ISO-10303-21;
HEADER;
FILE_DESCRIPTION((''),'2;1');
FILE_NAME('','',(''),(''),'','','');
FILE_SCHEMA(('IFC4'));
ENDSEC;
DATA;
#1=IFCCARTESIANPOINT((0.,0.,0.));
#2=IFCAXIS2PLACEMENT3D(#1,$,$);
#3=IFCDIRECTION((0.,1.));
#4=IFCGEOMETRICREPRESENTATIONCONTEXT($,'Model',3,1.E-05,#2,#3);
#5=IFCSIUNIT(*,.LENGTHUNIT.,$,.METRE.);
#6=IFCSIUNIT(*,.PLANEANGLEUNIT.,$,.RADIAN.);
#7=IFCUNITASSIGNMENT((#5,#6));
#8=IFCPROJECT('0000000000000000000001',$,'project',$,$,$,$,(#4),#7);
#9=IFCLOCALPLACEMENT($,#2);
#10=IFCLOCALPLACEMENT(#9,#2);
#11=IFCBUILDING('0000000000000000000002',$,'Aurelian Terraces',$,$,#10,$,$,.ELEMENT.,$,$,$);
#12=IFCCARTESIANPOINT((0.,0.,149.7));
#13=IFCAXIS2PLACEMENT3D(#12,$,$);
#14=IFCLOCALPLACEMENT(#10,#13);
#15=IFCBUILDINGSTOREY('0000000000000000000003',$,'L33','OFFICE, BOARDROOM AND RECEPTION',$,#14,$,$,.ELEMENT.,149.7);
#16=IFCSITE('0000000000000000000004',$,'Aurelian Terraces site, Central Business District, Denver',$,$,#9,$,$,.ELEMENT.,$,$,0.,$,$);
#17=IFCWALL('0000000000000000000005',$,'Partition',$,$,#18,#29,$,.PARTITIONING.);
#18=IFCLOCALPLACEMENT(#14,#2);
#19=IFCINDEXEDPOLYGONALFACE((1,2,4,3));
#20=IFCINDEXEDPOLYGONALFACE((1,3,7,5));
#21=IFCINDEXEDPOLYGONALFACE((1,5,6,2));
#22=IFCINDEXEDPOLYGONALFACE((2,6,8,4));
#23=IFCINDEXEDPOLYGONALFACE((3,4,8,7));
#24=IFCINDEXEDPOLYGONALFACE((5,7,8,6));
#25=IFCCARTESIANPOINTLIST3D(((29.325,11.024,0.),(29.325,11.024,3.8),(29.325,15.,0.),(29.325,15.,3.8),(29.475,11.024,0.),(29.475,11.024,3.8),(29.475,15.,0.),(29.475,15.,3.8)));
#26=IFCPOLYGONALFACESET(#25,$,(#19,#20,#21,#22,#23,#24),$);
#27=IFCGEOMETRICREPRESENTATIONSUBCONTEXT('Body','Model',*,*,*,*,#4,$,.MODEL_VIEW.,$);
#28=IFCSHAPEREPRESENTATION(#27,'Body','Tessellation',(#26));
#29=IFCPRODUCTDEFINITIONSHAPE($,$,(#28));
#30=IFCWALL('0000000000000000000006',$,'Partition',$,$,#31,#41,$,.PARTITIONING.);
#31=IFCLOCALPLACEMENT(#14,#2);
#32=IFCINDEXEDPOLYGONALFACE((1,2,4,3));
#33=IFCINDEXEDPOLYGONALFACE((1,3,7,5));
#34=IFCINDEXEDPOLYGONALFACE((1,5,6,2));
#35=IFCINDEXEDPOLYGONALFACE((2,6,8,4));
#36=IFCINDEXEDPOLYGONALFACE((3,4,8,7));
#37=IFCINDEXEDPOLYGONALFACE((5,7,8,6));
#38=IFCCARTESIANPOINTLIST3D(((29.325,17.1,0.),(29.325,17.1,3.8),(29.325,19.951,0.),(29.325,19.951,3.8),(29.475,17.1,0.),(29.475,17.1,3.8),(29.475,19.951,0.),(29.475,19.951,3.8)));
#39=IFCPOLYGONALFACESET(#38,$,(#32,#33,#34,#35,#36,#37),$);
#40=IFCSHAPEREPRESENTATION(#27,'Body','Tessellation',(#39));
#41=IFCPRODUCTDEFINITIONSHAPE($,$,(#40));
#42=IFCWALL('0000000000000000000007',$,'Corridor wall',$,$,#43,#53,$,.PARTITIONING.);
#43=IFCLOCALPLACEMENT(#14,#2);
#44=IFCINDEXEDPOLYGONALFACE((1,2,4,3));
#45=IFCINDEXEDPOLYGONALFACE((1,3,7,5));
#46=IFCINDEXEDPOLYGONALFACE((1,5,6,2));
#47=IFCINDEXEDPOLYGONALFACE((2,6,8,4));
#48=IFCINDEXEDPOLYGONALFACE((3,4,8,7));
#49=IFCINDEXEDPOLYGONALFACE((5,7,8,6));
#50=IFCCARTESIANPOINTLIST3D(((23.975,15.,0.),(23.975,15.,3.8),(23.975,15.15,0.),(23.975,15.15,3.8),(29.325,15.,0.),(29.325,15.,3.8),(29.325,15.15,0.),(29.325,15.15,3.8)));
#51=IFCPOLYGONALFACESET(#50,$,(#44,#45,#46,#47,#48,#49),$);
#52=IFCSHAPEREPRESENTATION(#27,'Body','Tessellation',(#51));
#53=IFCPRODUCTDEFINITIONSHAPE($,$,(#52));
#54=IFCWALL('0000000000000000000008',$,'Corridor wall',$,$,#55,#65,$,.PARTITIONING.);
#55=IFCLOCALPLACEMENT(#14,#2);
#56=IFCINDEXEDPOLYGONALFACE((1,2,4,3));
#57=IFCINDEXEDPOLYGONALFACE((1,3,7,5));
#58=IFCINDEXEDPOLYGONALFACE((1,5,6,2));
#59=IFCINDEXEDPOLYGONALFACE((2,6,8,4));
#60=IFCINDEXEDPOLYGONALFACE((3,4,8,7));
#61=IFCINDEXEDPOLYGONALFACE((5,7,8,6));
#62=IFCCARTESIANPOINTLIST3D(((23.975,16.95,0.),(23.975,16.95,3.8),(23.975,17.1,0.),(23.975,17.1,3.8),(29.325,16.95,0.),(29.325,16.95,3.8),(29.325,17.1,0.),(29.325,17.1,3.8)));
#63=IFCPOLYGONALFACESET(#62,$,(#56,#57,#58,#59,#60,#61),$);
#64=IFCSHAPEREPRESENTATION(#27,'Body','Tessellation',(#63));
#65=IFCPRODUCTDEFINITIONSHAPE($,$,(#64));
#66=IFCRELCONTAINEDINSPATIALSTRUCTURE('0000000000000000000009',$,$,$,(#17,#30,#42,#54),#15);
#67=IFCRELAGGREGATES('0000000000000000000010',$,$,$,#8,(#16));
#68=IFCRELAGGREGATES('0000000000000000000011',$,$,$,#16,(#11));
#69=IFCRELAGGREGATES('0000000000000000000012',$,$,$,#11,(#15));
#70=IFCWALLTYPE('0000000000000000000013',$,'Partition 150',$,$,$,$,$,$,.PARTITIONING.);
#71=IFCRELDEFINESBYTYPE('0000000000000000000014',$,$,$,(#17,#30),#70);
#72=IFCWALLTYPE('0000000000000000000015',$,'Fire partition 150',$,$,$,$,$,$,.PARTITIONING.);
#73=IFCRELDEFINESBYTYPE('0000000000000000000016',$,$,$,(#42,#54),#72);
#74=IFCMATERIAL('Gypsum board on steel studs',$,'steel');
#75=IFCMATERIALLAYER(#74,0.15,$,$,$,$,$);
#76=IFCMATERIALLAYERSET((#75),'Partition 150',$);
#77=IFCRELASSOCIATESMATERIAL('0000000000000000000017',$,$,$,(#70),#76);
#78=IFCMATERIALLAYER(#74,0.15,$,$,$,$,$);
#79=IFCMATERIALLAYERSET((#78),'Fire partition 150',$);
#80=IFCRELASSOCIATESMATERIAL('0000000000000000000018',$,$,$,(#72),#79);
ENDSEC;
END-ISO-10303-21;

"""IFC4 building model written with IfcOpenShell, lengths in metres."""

from ifc_helpers import new_model, si_unit, direction, frame, frame_2d, origin, place, context, subcontext, project, spatial, rectangle, extrude, source, transform, mapped, material, layer, layer_set, type_object, element, save


model = new_model("IFC4")

# Units and contexts
model_context = context("Model", 3, precision=1e-05, world=origin(), true_north=direction((0.0, 1.0)))
body_context = subcontext(model_context, "Body", "Model", "MODEL_VIEW")
ifc_project = project(units=[si_unit("LENGTHUNIT", "METRE"), si_unit("PLANEANGLEUNIT", "RADIAN")], contexts=[model_context])

# Site, building, storey
site_placement = place(None, origin())
site = spatial("IfcSite", under=ifc_project, at=site_placement, Name="Aurelian Terraces site, Central Business District, Denver", CompositionType="ELEMENT", RefElevation=0.0)
building_placement = place(site_placement, origin())
building = spatial("IfcBuilding", under=site, at=building_placement, Name="Aurelian Terraces", CompositionType="ELEMENT")
storey_placement = place(building_placement, frame((0.0, 0.0, 149.7)))
storey = spatial("IfcBuildingStorey", under=building, at=storey_placement, Name="L33", Description="OFFICE, BOARDROOM AND RECEPTION", CompositionType="ELEMENT", Elevation=149.7)

# Shared definitions
ifc_material_1 = material(Name="Gypsum board on steel studs", Category="steel")
ifc_layer_1 = layer(ifc_material_1, 0.15)
ifc_layer_set_1 = layer_set([ifc_layer_1], Name="Partition 150")
wall_type_1 = type_object("IfcWallType", Name="Partition 150", PredefinedType="PARTITIONING", material=ifc_layer_set_1)

# Shared definitions
ifc_layer_2 = layer(ifc_material_1, 0.15)
ifc_layer_set_2 = layer_set([ifc_layer_2], Name="Fire partition 150")
wall_type_2 = type_object("IfcWallType", Name="Fire partition 150", PredefinedType="PARTITIONING", material=ifc_layer_set_2)

# Walls
shared_shape_1 = source(origin(), body_context, "Body", "SweptSolid", [
    extrude(rectangle(XDim=3.976, YDim=0.15, at=frame_2d((1.988, 0.0))), origin(), (0.0, 0.0, 1.0), 3.8),
])
wall_1_placement = place(storey_placement, frame((29.4, 11.024, 0.0), z_axis=(0.0, 0.0, 1.0), x_axis=(0.0, 1.0, 0.0)))
element("IfcWall", 1, at=wall_1_placement, inside=storey, type_object=wall_type_1, Name="Partition", PredefinedType="PARTITIONING", context=body_context, shape_type="MappedRepresentation", body=[
    mapped(shared_shape_1, transform((0.0, 0.0, 0.0), scale=1.0)),
])
shared_shape_2 = source(origin(), body_context, "Body", "SweptSolid", [
    extrude(rectangle(XDim=2.851, YDim=0.15, at=frame_2d((1.4255, 0.0))), origin(), (0.0, 0.0, 1.0), 3.8),
])
wall_2_placement = place(storey_placement, frame((29.4, 17.1, 0.0), z_axis=(0.0, 0.0, 1.0), x_axis=(0.0, 1.0, 0.0)))
element("IfcWall", 2, at=wall_2_placement, inside=storey, type_object=wall_type_1, Name="Partition", PredefinedType="PARTITIONING", context=body_context, shape_type="MappedRepresentation", body=[
    mapped(shared_shape_2, transform((0.0, 0.0, 0.0), scale=1.0)),
])
shared_shape_3 = source(origin(), body_context, "Body", "SweptSolid", [
    extrude(rectangle(XDim=5.35, YDim=0.15, at=frame_2d((2.675, 0.0))), origin(), (0.0, 0.0, 1.0), 3.8),
])
for number, where, z_axis, x_axis, name in (
    (3, (29.325, 15.075, 0.0), (0.0, 0.0, 1.0), (-1.0, 0.0, 0.0), "Corridor wall"),
    (4, (23.975, 17.025, 0.0), (0.0, 0.0, 1.0), (1.0, 0.0, 0.0), "Corridor wall"),
):
    element("IfcWall", number, at=place(storey_placement, frame(where, z_axis=z_axis, x_axis=x_axis)), inside=storey, type_object=wall_type_2, Name=name, PredefinedType="PARTITIONING", context=body_context, shape_type="MappedRepresentation", body=[
        mapped(shared_shape_3, transform((0.0, 0.0, 0.0), scale=1.0)),
    ])

save(model, "model.ifc")
